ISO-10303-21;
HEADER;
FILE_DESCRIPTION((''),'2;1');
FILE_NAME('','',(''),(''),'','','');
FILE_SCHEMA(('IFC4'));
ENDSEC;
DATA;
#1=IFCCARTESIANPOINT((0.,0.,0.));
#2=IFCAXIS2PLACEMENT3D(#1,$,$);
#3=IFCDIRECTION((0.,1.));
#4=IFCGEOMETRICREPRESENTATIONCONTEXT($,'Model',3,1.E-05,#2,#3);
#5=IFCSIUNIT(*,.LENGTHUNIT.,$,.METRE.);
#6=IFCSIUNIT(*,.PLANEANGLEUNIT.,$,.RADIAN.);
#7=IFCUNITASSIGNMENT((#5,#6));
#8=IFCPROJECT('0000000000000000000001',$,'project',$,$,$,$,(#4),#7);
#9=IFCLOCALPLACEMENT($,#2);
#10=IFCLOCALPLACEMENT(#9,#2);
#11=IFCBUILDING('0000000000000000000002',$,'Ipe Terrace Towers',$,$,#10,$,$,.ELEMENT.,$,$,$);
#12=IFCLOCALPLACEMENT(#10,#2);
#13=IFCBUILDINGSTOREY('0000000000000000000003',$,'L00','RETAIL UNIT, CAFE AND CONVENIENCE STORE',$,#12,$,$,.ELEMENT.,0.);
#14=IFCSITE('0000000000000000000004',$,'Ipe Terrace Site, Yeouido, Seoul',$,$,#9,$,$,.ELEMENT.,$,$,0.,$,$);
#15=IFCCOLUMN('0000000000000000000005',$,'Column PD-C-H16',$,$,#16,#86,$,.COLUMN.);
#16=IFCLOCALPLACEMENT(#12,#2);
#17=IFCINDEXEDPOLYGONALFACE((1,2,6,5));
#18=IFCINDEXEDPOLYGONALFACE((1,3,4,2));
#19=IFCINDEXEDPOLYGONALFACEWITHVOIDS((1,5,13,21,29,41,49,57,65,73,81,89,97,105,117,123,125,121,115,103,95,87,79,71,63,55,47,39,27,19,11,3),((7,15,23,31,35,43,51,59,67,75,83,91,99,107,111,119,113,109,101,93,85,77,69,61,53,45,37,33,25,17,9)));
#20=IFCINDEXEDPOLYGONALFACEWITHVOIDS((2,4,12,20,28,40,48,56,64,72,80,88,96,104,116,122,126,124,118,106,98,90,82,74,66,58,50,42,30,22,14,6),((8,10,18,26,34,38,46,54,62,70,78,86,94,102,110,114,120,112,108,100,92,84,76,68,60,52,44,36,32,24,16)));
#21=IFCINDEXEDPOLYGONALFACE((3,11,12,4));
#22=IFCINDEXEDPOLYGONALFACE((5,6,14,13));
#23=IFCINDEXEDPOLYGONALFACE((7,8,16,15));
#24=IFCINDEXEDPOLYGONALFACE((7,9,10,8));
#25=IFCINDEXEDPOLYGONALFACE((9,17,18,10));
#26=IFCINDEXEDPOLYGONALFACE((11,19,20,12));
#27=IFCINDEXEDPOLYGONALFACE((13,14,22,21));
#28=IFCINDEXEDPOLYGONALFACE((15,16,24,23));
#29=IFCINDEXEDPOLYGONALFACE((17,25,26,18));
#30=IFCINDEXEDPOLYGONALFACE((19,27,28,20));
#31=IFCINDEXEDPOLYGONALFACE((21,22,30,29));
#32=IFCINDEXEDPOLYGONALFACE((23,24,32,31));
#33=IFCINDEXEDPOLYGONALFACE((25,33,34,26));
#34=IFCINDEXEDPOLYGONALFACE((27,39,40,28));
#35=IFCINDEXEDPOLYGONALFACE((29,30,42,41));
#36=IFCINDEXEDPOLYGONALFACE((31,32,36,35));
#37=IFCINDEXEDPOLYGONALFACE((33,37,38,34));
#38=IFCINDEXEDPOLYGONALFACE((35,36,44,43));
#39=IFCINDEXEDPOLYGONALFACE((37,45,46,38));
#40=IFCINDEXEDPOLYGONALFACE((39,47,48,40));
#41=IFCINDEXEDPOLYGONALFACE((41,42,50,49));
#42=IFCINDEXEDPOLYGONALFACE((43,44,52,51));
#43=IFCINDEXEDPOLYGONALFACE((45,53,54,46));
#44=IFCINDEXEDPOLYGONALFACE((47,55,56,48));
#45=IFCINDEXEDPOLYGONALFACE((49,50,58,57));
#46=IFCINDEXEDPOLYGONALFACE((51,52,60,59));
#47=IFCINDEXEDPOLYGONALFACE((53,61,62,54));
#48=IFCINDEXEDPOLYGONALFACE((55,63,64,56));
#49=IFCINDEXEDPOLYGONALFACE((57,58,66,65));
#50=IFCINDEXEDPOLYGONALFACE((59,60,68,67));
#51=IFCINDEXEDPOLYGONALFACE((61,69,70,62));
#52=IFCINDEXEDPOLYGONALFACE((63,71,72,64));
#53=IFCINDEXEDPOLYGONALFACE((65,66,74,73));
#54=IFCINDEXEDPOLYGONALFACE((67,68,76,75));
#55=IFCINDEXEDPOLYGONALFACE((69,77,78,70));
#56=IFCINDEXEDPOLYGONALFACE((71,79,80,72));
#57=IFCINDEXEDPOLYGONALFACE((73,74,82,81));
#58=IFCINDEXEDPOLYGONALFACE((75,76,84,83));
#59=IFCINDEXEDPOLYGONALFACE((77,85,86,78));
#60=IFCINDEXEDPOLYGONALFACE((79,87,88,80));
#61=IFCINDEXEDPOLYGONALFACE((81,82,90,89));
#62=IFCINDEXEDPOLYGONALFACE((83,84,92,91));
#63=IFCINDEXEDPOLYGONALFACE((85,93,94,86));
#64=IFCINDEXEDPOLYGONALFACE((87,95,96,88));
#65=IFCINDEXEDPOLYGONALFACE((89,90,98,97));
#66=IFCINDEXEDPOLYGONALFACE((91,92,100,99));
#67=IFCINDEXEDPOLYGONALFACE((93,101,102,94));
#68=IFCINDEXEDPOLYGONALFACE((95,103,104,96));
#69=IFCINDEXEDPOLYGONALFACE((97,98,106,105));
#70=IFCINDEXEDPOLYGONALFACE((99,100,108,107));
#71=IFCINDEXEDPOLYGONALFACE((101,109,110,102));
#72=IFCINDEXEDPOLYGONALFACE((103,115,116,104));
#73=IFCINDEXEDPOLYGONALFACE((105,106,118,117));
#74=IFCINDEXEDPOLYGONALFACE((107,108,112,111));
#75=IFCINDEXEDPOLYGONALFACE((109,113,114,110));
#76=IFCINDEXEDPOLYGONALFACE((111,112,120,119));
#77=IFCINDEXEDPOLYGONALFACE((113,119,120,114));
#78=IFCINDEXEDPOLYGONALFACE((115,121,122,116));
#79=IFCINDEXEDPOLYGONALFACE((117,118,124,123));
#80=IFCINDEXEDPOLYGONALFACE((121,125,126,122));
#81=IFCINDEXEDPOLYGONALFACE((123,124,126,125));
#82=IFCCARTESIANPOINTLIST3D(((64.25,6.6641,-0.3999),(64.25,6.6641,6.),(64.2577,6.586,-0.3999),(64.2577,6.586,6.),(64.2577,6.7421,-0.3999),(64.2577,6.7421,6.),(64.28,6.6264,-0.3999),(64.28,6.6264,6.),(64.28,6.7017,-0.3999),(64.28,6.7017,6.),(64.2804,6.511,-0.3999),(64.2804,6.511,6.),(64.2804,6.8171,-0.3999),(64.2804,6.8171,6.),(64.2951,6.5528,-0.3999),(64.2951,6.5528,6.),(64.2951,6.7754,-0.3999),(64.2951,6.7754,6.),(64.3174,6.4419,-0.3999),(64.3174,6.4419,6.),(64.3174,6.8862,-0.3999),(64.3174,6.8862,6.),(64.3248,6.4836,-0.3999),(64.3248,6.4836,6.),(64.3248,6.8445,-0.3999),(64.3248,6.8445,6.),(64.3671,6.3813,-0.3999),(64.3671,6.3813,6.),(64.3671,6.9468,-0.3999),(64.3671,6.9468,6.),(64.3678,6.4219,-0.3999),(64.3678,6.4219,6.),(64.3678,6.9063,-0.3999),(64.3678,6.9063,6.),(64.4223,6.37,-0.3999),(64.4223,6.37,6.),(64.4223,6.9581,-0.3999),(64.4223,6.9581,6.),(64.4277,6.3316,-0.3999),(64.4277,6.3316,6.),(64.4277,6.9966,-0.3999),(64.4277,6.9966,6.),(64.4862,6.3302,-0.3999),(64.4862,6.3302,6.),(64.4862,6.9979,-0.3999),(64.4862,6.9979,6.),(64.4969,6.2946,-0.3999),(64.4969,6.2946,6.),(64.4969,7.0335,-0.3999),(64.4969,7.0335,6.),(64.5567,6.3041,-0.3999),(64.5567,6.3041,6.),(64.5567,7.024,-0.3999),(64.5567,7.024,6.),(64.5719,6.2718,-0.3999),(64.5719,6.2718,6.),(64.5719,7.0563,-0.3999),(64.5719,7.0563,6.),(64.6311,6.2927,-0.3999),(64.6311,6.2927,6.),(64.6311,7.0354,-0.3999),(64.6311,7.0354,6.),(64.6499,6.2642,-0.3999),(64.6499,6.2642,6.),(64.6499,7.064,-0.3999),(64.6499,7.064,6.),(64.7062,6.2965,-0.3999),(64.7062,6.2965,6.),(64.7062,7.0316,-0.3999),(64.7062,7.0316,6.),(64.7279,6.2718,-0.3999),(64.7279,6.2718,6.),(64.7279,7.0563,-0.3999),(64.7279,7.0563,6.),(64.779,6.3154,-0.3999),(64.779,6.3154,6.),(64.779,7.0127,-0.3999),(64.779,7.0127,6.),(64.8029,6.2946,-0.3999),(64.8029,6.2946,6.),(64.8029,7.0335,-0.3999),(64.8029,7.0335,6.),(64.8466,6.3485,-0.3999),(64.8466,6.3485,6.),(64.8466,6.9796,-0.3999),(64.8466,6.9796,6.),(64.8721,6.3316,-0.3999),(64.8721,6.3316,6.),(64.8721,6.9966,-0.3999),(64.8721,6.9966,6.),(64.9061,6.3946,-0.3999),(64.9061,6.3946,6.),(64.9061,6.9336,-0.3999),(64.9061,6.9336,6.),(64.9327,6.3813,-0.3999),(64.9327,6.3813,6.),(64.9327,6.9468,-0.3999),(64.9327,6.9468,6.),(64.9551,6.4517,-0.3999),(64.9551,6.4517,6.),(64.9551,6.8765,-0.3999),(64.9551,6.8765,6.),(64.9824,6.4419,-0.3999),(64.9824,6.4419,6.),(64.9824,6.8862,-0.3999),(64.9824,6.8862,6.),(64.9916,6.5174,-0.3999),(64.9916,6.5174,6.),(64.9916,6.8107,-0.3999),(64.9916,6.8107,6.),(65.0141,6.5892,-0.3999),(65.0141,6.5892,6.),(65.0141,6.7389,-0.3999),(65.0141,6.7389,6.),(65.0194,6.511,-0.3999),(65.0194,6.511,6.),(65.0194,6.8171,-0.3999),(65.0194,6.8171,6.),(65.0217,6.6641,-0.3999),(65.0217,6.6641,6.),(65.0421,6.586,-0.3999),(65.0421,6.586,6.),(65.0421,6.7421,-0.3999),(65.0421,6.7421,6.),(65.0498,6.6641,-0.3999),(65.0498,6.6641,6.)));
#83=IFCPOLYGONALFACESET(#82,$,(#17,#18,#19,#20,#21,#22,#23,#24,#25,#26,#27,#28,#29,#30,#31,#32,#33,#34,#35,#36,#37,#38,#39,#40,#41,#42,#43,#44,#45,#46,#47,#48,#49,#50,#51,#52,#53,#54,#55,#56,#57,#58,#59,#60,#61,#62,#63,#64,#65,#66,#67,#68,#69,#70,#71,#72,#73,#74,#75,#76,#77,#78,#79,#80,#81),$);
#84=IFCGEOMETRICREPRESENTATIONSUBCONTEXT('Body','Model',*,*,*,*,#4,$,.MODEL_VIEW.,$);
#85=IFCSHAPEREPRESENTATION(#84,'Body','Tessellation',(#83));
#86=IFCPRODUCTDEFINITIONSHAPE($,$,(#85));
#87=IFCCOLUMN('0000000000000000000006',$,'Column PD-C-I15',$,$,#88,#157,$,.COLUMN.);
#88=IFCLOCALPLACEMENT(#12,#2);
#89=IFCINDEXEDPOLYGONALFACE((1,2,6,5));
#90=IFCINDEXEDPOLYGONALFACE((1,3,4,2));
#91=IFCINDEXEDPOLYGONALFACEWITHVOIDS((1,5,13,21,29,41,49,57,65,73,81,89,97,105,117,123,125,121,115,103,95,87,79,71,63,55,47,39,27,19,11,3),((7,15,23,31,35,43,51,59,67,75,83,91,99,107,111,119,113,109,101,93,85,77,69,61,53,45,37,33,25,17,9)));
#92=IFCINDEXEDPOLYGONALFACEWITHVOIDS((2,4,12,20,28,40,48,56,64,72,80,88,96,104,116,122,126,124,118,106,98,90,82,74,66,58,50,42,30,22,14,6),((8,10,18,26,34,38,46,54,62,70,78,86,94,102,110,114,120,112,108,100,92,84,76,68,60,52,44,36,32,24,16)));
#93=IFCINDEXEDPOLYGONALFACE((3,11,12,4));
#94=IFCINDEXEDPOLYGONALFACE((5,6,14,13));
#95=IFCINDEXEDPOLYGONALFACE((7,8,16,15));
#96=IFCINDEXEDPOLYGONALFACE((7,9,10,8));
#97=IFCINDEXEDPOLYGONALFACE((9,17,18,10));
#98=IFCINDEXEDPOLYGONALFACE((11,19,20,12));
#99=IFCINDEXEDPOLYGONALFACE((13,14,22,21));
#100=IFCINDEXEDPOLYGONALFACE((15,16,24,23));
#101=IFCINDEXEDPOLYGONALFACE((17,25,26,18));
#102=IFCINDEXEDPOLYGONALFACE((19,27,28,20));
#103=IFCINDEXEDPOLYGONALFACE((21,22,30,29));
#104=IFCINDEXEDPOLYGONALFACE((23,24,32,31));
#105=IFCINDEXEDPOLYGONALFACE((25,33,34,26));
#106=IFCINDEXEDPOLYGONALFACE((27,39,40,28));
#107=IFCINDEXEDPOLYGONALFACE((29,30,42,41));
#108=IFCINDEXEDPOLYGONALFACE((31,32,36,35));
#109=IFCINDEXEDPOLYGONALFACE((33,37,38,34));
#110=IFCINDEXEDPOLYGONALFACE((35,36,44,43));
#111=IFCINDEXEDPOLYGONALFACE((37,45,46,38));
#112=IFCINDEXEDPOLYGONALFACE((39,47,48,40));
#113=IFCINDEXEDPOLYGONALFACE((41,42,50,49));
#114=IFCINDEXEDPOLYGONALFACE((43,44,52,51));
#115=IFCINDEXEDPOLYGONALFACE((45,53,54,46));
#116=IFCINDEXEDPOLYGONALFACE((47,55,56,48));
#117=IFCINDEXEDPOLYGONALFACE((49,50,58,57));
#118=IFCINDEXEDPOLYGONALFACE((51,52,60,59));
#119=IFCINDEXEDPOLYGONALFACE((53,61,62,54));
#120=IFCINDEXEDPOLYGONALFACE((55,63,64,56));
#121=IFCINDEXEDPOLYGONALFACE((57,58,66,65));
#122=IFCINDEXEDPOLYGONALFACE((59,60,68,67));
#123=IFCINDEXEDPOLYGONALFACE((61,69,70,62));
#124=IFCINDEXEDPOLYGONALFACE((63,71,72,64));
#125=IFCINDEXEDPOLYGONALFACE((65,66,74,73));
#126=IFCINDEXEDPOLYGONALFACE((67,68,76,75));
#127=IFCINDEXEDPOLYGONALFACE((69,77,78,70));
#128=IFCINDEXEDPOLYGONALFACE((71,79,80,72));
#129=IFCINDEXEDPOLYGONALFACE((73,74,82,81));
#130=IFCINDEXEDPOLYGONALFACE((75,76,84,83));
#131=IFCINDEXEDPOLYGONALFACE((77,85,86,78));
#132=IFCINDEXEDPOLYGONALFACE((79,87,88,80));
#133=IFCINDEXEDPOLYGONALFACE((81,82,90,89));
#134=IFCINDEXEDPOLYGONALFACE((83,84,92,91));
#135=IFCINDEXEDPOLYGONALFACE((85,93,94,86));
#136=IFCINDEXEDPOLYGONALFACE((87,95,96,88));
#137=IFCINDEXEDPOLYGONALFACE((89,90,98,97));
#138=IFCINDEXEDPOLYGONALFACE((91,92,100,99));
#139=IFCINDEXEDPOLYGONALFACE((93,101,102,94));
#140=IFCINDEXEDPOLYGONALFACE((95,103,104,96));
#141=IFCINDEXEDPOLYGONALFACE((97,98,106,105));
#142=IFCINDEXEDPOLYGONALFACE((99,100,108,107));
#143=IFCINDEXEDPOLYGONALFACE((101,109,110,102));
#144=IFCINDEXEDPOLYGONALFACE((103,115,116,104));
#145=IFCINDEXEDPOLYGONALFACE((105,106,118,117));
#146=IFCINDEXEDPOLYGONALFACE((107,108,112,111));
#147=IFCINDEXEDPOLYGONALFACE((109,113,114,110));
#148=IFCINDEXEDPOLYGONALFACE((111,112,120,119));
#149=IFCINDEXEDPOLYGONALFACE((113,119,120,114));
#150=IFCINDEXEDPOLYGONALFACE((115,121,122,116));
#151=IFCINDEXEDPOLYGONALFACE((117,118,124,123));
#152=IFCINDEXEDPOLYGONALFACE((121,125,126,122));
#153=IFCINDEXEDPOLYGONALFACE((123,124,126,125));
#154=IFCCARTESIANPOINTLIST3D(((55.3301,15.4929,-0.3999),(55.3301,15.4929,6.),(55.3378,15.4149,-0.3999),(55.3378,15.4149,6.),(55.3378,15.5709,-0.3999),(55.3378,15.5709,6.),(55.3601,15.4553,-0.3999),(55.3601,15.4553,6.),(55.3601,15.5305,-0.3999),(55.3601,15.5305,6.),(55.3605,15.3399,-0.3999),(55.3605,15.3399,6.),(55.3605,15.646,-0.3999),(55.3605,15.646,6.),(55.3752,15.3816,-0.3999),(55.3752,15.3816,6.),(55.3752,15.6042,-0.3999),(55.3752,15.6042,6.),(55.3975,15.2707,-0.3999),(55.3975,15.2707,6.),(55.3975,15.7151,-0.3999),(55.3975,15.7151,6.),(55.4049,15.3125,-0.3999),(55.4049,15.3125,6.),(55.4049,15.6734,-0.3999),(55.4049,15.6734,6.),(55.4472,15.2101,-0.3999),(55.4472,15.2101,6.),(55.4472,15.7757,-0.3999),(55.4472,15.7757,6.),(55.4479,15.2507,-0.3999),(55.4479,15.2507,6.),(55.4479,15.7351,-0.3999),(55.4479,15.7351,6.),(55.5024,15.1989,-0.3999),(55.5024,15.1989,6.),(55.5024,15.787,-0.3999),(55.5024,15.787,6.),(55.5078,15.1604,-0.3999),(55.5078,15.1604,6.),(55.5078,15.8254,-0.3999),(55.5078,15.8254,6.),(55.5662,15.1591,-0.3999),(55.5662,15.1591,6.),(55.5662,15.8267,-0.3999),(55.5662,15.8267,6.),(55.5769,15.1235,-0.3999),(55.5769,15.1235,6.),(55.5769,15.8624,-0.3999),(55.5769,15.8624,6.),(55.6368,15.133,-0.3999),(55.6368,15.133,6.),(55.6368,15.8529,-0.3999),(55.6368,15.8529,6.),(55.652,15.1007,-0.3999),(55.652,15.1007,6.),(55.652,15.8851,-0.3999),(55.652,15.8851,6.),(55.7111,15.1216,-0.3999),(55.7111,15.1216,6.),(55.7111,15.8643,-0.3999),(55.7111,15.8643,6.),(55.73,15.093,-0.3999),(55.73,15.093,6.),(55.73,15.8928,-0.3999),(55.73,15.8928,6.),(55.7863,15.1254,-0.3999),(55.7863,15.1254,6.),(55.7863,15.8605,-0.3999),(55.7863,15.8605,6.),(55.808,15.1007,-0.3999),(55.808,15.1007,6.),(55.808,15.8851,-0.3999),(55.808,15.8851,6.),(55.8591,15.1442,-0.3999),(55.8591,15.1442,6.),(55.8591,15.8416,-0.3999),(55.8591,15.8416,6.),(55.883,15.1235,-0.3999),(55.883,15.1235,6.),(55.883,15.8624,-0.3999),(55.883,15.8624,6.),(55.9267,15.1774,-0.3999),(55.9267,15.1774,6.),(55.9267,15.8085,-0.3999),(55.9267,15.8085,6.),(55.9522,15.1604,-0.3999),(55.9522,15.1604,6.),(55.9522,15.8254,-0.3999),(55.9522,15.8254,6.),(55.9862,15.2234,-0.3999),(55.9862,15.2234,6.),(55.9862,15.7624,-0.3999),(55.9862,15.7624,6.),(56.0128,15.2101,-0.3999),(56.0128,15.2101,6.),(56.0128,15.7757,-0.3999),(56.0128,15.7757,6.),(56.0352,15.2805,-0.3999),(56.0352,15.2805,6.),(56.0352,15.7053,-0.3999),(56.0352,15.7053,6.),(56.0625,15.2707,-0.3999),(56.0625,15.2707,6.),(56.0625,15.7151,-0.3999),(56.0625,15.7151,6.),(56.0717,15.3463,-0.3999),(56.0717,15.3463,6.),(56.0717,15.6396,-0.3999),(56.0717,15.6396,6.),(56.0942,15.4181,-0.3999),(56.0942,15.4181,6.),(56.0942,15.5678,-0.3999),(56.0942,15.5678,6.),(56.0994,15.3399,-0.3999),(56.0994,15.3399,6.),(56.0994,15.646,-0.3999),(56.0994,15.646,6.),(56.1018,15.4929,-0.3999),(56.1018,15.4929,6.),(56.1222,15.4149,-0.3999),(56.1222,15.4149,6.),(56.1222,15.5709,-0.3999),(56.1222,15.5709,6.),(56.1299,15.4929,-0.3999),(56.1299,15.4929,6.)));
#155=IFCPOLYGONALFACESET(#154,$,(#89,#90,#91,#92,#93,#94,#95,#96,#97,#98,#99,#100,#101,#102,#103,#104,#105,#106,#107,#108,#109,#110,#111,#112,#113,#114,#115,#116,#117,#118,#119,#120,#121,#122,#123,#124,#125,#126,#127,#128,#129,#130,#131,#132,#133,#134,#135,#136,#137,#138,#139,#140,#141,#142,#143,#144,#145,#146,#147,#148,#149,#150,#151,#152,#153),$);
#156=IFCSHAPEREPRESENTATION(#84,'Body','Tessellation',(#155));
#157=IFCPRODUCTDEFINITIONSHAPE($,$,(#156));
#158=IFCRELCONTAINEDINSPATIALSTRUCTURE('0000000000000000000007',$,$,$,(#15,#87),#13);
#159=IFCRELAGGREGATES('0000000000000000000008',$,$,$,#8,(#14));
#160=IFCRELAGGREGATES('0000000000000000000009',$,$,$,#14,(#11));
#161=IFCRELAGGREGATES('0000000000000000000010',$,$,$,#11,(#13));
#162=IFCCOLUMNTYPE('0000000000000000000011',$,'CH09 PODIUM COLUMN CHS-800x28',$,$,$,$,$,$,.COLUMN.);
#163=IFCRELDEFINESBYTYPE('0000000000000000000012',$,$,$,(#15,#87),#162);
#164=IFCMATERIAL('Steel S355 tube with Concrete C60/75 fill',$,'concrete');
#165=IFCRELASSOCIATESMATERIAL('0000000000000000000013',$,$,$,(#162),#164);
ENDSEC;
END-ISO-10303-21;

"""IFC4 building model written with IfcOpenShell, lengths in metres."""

from ifc_helpers import new_model, si_unit, direction, frame, origin, origin_2d, place, context, subcontext, project, spatial, hollow_circle, extrude, material, material_profile, profile_set, type_object, element, save


model = new_model("IFC4")

# Units and contexts
model_context = context("Model", 3, precision=1e-05, world=origin(), true_north=direction((0.0, 1.0)))
body_context = subcontext(model_context, "Body", "Model", "MODEL_VIEW")
ifc_project = project(units=[si_unit("LENGTHUNIT", "METRE"), si_unit("PLANEANGLEUNIT", "RADIAN")], contexts=[model_context])

# Site, building, storey
site_placement = place(None, origin())
site = spatial("IfcSite", under=ifc_project, at=site_placement, Name="Ipe Terrace Site, Yeouido, Seoul", CompositionType="ELEMENT", RefElevation=0.0)
building_placement = place(site_placement, origin())
building = spatial("IfcBuilding", under=site, at=building_placement, Name="Ipe Terrace Towers", CompositionType="ELEMENT")
storey_placement = place(building_placement, origin())
storey = spatial("IfcBuildingStorey", under=building, at=storey_placement, Name="L00", Description="RETAIL UNIT, CAFE AND CONVENIENCE STORE", CompositionType="ELEMENT", Elevation=0.0)

# Columns
ifc_material_1 = material(Name="Steel S355 tube with Concrete C60/75 fill", Category="concrete")
ifc_material_profile_1 = material_profile(ifc_material_1, hollow_circle(Radius=0.3999, WallThickness=0.0281, at=origin_2d()), Name="CHS-800x28")
ifc_profile_set_1 = profile_set([ifc_material_profile_1], Name="Steel S355 tube with Concrete C60/75 fill")
column_type_1 = type_object("IfcColumnType", Name="CH09 PODIUM COLUMN CHS-800x28", PredefinedType="COLUMN", material=ifc_profile_set_1)
for number, where, z_axis, x_axis, name in (
    (1, (64.6499, 6.6641, -0.3999), (0.0, 0.0, 1.0), (1.0, 0.0, 0.0), "Column PD-C-H16"),
    (2, (55.73, 15.4929, -0.3999), (0.0, 0.0, 1.0), (1.0, 0.0, 0.0), "Column PD-C-I15"),
):
    element("IfcColumn", number, at=place(storey_placement, frame(where, z_axis=z_axis, x_axis=x_axis)), inside=storey, type_object=column_type_1, Name=name, PredefinedType="COLUMN", context=body_context, shape_type="SweptSolid", body=[
        extrude(hollow_circle(Radius=0.3999, WallThickness=0.0281, at=origin_2d()), origin(), (0.0, 0.0, 1.0), 6.3999),
    ])

save(model, "model.ifc")
